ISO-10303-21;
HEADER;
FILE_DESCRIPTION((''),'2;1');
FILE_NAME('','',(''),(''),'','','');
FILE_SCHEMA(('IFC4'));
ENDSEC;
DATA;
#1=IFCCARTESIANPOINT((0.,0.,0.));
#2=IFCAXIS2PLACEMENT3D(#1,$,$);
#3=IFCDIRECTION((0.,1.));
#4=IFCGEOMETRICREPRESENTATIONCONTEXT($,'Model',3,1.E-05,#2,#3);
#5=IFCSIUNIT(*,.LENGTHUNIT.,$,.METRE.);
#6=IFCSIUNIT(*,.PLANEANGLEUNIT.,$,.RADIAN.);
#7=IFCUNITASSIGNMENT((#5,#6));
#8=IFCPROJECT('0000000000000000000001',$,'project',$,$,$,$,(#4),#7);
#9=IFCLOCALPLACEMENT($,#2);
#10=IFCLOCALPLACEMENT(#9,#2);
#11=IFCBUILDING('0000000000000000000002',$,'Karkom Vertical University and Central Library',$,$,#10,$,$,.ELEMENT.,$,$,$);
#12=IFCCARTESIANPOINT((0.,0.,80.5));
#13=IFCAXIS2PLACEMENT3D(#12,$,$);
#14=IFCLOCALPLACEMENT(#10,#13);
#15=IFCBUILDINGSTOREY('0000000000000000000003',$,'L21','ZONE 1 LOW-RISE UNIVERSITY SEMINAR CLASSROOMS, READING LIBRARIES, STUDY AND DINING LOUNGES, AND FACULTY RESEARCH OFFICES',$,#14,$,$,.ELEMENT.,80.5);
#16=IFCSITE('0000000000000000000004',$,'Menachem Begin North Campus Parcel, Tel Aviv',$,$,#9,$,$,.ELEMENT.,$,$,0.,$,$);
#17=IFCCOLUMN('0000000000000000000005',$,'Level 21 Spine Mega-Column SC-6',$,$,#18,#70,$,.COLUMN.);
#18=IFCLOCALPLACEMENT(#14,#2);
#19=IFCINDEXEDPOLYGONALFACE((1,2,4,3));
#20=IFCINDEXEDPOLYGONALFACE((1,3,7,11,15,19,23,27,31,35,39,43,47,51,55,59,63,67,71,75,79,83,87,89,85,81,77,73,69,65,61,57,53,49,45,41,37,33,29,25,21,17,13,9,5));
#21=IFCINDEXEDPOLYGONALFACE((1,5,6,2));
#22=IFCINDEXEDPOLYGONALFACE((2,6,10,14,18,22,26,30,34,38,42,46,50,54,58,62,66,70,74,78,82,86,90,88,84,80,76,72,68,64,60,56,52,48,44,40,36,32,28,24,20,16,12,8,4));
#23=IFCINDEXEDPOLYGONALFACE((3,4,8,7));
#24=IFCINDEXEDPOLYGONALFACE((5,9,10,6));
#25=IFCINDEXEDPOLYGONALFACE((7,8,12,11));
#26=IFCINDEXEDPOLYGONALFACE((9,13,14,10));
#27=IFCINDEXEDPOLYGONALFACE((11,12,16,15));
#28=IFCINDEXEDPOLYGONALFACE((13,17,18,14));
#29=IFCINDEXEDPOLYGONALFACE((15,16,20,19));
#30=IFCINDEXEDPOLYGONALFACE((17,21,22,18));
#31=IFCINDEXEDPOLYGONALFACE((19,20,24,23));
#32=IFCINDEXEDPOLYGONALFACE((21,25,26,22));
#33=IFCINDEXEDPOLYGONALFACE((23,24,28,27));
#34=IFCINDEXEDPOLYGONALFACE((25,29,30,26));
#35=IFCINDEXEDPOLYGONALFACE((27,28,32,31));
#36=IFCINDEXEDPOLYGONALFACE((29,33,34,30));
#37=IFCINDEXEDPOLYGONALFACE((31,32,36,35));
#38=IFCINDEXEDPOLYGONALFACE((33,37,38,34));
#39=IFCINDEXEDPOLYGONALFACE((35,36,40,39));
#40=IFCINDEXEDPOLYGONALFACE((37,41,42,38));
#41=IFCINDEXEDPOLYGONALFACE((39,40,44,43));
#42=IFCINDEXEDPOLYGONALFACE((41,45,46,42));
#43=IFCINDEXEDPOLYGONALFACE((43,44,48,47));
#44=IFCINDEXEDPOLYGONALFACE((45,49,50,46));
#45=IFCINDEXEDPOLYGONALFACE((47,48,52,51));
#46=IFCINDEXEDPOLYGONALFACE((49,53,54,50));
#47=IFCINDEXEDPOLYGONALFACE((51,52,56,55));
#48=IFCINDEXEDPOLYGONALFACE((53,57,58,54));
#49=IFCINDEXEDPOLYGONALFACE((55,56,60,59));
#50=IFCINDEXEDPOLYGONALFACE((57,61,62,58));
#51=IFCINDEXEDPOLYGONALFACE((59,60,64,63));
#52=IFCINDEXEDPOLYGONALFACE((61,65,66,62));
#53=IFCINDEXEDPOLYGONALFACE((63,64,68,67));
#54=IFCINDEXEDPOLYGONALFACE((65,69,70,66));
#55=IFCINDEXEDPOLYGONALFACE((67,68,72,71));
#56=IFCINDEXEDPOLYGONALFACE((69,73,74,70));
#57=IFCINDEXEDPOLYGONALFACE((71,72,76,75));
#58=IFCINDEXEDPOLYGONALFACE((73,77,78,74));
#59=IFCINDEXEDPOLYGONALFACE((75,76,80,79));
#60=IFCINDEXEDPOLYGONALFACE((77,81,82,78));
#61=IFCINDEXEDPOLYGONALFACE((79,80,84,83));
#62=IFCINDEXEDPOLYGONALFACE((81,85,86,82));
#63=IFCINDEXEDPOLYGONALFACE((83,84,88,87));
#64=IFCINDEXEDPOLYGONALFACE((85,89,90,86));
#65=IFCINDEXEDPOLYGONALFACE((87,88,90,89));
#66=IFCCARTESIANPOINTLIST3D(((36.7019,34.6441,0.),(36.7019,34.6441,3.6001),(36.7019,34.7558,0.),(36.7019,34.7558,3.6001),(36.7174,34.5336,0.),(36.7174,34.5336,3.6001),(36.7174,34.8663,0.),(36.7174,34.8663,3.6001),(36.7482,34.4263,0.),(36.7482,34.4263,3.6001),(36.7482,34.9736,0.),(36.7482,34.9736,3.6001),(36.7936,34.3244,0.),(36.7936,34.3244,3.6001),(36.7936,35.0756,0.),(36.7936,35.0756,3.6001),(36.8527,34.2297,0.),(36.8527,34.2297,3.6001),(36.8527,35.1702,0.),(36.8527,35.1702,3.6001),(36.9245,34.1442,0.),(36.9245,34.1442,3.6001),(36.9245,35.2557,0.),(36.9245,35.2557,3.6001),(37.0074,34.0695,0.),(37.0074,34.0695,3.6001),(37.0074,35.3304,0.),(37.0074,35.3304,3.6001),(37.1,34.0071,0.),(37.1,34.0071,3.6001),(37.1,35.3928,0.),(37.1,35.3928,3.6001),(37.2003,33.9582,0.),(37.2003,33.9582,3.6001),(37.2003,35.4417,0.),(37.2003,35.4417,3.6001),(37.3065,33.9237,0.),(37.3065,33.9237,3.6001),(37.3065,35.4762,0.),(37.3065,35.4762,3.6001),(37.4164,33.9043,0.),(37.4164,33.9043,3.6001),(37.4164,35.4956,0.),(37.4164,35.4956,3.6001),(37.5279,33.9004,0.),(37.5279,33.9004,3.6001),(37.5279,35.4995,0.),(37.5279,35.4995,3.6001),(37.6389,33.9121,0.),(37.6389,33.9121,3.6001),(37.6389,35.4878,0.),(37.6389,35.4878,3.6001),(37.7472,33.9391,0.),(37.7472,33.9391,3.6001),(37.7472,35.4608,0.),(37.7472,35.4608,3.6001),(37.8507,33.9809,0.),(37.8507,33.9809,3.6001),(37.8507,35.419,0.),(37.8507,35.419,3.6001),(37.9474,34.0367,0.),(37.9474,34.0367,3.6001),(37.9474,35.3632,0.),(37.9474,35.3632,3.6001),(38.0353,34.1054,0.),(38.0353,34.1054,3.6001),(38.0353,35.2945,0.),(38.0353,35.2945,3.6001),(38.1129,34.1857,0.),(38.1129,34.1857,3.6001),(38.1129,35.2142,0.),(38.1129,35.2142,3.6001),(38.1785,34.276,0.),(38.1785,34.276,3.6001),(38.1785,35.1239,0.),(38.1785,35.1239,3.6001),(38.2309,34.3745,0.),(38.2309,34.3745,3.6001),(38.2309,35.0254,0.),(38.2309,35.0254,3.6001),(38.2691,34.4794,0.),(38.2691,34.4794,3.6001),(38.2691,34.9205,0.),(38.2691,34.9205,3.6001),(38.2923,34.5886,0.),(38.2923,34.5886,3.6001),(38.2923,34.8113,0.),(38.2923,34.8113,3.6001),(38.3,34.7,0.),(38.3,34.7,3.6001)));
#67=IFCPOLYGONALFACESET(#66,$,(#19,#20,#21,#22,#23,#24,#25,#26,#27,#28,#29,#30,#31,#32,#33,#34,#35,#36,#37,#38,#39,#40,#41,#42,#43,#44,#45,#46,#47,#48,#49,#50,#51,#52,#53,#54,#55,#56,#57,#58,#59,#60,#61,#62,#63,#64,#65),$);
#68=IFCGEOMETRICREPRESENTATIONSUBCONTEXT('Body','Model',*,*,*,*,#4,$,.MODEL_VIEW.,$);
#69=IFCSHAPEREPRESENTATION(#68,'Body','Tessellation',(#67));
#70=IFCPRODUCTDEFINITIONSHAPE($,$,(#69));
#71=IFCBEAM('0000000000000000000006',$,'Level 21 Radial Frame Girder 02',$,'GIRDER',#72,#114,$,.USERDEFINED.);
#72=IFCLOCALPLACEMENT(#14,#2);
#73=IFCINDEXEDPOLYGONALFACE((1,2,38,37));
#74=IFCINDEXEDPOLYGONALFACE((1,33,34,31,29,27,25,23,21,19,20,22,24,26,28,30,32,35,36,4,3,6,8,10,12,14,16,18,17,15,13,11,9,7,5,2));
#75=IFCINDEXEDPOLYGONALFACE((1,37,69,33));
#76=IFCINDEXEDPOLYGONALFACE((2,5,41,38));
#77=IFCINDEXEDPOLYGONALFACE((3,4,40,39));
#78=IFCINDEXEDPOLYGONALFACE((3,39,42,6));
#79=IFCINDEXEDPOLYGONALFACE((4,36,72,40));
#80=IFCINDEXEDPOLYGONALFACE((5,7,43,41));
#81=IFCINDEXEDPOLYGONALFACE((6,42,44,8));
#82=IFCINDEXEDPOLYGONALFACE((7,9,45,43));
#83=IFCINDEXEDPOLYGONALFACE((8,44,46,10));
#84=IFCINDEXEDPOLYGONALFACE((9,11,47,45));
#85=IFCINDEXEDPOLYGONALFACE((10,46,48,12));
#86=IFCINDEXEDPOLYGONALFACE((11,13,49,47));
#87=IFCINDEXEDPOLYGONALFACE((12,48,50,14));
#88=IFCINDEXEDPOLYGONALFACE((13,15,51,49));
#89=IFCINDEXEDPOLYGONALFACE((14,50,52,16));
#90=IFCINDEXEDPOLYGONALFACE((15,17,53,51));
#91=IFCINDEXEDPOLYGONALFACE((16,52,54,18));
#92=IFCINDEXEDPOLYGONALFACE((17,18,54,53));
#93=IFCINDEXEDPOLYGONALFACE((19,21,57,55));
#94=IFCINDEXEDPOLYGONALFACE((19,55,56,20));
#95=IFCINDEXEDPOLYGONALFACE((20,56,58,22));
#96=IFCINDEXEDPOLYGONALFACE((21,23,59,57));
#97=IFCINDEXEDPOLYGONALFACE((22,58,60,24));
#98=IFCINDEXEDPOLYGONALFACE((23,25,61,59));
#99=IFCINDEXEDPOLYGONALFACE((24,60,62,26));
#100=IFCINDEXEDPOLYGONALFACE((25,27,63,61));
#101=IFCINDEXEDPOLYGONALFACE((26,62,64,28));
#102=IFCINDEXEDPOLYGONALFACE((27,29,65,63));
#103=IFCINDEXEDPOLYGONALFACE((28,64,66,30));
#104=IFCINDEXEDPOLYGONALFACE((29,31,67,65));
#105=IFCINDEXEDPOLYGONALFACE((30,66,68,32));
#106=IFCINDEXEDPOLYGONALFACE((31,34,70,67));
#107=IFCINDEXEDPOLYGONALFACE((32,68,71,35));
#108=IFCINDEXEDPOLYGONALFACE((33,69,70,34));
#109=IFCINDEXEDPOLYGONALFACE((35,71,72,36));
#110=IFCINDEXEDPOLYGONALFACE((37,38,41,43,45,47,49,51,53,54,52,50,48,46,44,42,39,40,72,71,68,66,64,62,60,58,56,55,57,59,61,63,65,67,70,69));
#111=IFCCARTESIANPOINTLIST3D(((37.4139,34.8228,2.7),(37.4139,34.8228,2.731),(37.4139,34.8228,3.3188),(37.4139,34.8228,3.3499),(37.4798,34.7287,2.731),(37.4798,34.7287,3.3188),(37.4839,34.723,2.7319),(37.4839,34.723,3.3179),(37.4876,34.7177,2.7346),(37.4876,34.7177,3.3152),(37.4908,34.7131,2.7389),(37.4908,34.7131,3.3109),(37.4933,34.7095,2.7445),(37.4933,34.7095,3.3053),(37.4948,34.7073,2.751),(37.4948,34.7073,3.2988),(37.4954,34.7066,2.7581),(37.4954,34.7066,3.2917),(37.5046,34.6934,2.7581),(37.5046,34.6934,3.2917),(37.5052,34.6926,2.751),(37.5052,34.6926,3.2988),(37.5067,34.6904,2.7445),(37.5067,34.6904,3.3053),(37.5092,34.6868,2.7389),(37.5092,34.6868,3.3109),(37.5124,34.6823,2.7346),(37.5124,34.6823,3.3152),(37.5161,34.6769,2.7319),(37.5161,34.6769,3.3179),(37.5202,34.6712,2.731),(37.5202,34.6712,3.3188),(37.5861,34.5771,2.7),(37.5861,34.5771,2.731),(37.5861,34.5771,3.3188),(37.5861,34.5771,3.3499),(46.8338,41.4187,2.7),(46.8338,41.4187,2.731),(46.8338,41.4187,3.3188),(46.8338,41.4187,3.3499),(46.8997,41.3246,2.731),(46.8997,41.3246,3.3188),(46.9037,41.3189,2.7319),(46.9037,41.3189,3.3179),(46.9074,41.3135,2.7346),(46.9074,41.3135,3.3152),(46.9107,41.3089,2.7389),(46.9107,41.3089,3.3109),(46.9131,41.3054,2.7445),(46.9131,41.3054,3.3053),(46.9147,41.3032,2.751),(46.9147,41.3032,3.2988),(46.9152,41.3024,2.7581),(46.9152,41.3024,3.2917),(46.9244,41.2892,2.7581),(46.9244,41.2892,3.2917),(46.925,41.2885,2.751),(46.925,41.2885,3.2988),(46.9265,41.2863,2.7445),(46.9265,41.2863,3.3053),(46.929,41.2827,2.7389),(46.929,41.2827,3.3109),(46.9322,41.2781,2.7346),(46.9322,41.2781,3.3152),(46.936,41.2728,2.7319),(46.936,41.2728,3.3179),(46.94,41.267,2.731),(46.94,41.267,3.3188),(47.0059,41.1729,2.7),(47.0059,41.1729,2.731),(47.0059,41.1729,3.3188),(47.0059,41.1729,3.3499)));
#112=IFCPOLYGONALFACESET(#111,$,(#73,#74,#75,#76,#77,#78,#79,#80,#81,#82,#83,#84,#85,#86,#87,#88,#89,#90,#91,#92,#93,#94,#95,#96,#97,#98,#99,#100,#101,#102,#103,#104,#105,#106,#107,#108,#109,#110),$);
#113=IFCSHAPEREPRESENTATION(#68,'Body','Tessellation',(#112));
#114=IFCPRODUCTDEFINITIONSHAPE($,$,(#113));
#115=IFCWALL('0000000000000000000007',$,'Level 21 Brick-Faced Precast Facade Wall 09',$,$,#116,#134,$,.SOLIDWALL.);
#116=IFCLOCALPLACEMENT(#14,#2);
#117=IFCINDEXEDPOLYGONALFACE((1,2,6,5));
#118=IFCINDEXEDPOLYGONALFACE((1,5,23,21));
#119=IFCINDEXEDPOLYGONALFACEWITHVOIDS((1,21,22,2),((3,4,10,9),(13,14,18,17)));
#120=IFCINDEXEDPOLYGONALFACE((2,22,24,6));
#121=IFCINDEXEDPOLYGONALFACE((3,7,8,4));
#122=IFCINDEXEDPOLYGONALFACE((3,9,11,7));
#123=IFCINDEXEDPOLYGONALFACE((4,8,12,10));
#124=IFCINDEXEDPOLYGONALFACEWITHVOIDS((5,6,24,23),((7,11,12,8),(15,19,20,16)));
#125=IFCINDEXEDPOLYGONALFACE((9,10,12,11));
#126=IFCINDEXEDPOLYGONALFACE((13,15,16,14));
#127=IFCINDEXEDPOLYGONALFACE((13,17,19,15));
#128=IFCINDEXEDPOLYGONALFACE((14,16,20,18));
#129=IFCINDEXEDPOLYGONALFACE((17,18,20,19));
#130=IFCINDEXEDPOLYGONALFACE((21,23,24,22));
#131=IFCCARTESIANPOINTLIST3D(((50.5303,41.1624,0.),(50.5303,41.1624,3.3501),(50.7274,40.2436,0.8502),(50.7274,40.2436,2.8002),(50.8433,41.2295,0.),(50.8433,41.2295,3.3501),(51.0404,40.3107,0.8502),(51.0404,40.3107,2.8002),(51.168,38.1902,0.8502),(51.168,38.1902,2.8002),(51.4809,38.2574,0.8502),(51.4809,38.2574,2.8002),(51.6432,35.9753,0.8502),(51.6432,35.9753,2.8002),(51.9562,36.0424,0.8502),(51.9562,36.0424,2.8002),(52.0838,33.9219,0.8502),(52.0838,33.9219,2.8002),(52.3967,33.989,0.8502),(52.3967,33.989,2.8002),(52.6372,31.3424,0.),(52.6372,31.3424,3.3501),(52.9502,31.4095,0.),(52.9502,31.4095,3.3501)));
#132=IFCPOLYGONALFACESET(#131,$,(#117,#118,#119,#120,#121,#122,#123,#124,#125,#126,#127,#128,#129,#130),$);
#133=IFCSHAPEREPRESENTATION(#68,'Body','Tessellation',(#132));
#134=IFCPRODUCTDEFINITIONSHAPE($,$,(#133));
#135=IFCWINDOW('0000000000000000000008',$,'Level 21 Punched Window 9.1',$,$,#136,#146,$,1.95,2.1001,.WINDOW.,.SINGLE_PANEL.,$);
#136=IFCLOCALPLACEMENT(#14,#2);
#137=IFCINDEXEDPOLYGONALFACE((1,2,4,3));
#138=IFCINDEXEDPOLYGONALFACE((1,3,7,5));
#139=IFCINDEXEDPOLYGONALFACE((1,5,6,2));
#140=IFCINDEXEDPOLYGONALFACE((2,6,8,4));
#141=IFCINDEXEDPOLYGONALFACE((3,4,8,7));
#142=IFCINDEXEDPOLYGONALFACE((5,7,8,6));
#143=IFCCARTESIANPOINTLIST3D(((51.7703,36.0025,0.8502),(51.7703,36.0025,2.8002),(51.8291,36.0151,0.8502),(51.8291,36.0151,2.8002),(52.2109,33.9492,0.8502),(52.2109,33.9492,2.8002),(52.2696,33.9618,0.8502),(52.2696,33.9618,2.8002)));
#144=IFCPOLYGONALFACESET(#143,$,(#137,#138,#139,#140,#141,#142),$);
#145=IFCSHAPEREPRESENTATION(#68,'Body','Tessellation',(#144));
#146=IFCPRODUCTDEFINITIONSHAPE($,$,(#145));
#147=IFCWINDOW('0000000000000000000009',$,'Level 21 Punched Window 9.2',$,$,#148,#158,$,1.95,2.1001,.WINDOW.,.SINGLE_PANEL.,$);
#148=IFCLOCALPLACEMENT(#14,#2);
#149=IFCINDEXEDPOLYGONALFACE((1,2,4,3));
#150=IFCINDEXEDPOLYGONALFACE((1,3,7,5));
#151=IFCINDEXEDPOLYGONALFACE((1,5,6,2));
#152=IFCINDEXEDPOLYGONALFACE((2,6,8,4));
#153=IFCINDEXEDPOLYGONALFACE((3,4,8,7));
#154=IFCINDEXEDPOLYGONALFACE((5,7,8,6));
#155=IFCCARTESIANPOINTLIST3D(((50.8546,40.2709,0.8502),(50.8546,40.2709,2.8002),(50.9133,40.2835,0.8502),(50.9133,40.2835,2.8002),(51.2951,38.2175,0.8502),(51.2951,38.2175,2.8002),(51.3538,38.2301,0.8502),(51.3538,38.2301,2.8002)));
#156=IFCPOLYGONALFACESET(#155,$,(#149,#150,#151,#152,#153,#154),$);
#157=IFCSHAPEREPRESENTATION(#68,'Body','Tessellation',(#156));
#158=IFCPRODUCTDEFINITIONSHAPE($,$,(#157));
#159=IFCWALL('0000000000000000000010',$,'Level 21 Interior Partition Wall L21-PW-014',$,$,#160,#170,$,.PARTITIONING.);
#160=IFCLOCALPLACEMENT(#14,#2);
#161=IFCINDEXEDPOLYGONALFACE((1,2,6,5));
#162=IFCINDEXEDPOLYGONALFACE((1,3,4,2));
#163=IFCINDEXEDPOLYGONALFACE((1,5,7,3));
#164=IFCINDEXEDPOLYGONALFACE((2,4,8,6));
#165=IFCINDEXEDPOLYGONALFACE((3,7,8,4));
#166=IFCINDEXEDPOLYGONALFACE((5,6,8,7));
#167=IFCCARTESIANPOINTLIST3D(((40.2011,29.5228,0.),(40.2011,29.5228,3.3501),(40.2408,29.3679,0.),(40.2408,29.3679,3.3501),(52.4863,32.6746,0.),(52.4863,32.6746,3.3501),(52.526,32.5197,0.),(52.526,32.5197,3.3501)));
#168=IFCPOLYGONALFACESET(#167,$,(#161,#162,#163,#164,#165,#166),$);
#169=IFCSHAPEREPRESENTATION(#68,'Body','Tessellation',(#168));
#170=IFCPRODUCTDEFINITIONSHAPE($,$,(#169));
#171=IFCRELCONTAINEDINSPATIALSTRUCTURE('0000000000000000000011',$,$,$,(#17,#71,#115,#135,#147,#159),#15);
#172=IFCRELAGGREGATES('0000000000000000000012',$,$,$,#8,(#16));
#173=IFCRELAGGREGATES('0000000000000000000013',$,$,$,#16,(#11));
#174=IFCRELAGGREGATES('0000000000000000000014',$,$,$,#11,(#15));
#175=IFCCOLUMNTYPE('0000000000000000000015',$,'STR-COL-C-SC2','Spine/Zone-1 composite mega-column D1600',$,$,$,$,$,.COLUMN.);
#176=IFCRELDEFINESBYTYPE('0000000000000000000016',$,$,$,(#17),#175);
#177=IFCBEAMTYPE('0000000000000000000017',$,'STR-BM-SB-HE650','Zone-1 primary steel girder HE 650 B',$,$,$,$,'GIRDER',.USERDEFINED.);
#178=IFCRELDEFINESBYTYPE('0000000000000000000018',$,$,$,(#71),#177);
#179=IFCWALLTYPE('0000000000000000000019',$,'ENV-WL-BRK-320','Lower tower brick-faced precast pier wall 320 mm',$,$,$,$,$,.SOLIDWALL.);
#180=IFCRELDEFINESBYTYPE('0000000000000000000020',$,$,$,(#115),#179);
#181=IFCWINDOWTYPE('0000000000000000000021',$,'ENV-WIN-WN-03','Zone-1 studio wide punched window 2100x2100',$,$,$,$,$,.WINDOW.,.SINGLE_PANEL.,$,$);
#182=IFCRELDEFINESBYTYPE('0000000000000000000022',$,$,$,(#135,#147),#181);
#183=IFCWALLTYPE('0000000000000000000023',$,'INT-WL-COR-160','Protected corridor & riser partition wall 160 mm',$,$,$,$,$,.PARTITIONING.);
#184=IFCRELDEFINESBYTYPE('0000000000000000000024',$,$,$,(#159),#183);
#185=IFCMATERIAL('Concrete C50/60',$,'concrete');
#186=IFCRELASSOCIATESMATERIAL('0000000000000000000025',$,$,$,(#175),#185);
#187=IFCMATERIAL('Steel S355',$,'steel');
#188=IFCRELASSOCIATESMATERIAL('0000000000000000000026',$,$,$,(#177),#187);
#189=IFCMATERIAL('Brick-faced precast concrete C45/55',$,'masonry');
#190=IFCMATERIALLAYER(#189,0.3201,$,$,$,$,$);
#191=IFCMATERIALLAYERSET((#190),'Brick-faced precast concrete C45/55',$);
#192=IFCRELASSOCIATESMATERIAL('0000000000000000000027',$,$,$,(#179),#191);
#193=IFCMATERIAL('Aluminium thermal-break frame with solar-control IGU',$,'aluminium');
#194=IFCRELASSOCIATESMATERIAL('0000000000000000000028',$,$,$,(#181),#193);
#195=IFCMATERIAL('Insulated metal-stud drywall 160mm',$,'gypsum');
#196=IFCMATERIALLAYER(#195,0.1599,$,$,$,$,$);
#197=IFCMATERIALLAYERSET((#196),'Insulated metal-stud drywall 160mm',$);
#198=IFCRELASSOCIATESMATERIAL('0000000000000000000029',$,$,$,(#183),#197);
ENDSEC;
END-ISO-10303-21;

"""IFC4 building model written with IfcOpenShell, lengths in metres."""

from ifc_helpers import new_model, si_unit, direction, frame, frame_2d, origin, origin_with_axes, origin_2d, place, context, subcontext, project, spatial, rectangle, circle, i_section, extrude, source, transform, mapped, material, layer, layer_set, material_profile, profile_set, type_object, element, fill, save


model = new_model("IFC4")

# Units and contexts
model_context = context("Model", 3, precision=1e-05, world=origin(), true_north=direction((0.0, 1.0)))
body_context = subcontext(model_context, "Body", "Model", "MODEL_VIEW")
ifc_project = project(units=[si_unit("LENGTHUNIT", "METRE"), si_unit("PLANEANGLEUNIT", "RADIAN")], contexts=[model_context])

# Site, building, storey
site_placement = place(None, origin())
site = spatial("IfcSite", under=ifc_project, at=site_placement, Name="Menachem Begin North Campus Parcel, Tel Aviv", CompositionType="ELEMENT", RefElevation=0.0)
building_placement = place(site_placement, origin())
building = spatial("IfcBuilding", under=site, at=building_placement, Name="Karkom Vertical University and Central Library", CompositionType="ELEMENT")
storey_placement = place(building_placement, frame((0.0, 0.0, 80.5)))
storey = spatial("IfcBuildingStorey", under=building, at=storey_placement, Name="L21", Description="ZONE 1 LOW-RISE UNIVERSITY SEMINAR CLASSROOMS, READING LIBRARIES, STUDY AND DINING LOUNGES, AND FACULTY RESEARCH OFFICES", CompositionType="ELEMENT", Elevation=80.5)

# Column
ifc_material_1 = material(Name="Concrete C50/60", Category="concrete")
ifc_material_profile_1 = material_profile(ifc_material_1, circle(Radius=0.8, at=origin_2d()), Name="CFT-D1600")
ifc_profile_set_1 = profile_set([ifc_material_profile_1], Name="Concrete C50/60")
column_type = type_object("IfcColumnType", Name="STR-COL-C-SC2", Description="Spine/Zone-1 composite mega-column D1600", PredefinedType="COLUMN", material=ifc_profile_set_1)
shared_shape_1 = source(origin_with_axes(), body_context, "Body", "SweptSolid", [
    extrude(circle(Radius=0.8, at=origin_2d()), origin(), (0.0, 0.0, 1.0), 3.6001),
])
column_placement = place(storey_placement, frame((37.5, 34.7, 0.0), z_axis=(0.0, 0.0, 1.0), x_axis=(1.0, 0.0, 0.0)))
element("IfcColumn", 1, at=column_placement, inside=storey, type_object=column_type, Name="Level 21 Spine Mega-Column SC-6", PredefinedType="COLUMN", context=body_context, shape_type="MappedRepresentation", body=[
    mapped(shared_shape_1, transform((0.0, 0.0, 0.0), scale=1.0)),
])

# Beam
ifc_material_2 = material(Name="Steel S355", Category="steel")
ifc_material_profile_2 = material_profile(ifc_material_2, i_section(OverallWidth=0.3, OverallDepth=0.6499, WebThickness=0.0161, FlangeThickness=0.031, FilletRadius=0.0271, at=origin_2d()), Name="HE 650 B")
ifc_profile_set_2 = profile_set([ifc_material_profile_2], Name="Steel S355")
beam_type = type_object("IfcBeamType", Name="STR-BM-SB-HE650", Description="Zone-1 primary steel girder HE 650 B", ElementType="GIRDER", PredefinedType="USERDEFINED", material=ifc_profile_set_2)
shared_shape_2 = source(origin_with_axes(), body_context, "Body", "SweptSolid", [
    extrude(i_section(OverallWidth=0.3, OverallDepth=0.6499, WebThickness=0.0161, FlangeThickness=0.031, FilletRadius=0.0271, at=origin_2d()), origin(), (0.0, 0.0, 1.0), 11.4995),
])
beam_placement = place(storey_placement, frame((37.5, 34.7, 3.0249), z_axis=(0.81915, 0.573579, 0.0), x_axis=(-0.573579, 0.81915, 0.0)))
element("IfcBeam", 2, at=beam_placement, inside=storey, type_object=beam_type, Name="Level 21 Radial Frame Girder 02", ObjectType="GIRDER", PredefinedType="USERDEFINED", context=body_context, shape_type="MappedRepresentation", body=[
    mapped(shared_shape_2, transform((0.0, 0.0, 0.0), scale=1.0)),
])

# Wall, openings, windows
ifc_material_3 = material(Name="Brick-faced precast concrete C45/55", Category="masonry")
ifc_layer_1 = layer(ifc_material_3, 0.3201)
ifc_layer_set_1 = layer_set([ifc_layer_1], Name="Brick-faced precast concrete C45/55")
wall_type_1 = type_object("IfcWallType", Name="ENV-WL-BRK-320", Description="Lower tower brick-faced precast pier wall 320 mm", PredefinedType="SOLIDWALL", material=ifc_layer_set_1)
wall_1_placement = place(storey_placement, frame((52.7937, 31.376, 0.0), z_axis=(0.0, 0.0, 1.0), x_axis=(-0.20978, 0.977749, 0.0)))
wall_1 = element("IfcWall", 3, at=wall_1_placement, inside=storey, type_object=wall_type_1, Name="Level 21 Brick-Faced Precast Facade Wall 09", PredefinedType="SOLIDWALL", context=body_context, shape_type="SweptSolid", body=[
    extrude(rectangle(XDim=10.0435, YDim=0.3201, at=frame_2d((5.0217, 0.0))), origin(), (0.0, 0.0, 1.0), 3.3501),
])
opening_1_placement = place(wall_1_placement, frame((2.6382, 0.0, 0.8501)))
opening_1 = element("IfcOpeningElement", 4, at=opening_1_placement, cuts=wall_1, PredefinedType="OPENING", context=body_context, shape_type="SweptSolid", body=[
    extrude(rectangle(XDim=2.1001, YDim=1.95, at=frame_2d((1.05, 0.9751))), frame((0.0, 0.1699, 0.0), z_axis=(0.0, -1.0, 0.0), x_axis=(1.0, 0.0, 0.0)), (0.0, 0.0, 1.0), 0.3401),
])
opening_2_placement = place(wall_1_placement, frame((7.0037, 0.0, 0.8501)))
opening_2 = element("IfcOpeningElement", 5, at=opening_2_placement, cuts=wall_1, PredefinedType="OPENING", context=body_context, shape_type="SweptSolid", body=[
    extrude(rectangle(XDim=2.1001, YDim=1.95, at=frame_2d((1.05, 0.9751))), frame((0.0, 0.1699, 0.0), z_axis=(0.0, -1.0, 0.0), x_axis=(1.0, 0.0, 0.0)), (0.0, 0.0, 1.0), 0.3401),
])
ifc_material_4 = material(Name="Aluminium thermal-break frame with solar-control IGU", Category="aluminium")
window_type = type_object("IfcWindowType", Name="ENV-WIN-WN-03", Description="Zone-1 studio wide punched window 2100x2100", PartitioningType="SINGLE_PANEL", PredefinedType="WINDOW", material=ifc_material_4)
shared_shape_3 = source(origin_with_axes(), body_context, "Body", "SweptSolid", [
    extrude(rectangle(XDim=2.1001, YDim=1.95, at=frame_2d((1.05, 0.9751))), frame((0.0, 0.03, 0.0), z_axis=(0.0, -1.0, 0.0), x_axis=(1.0, 0.0, 0.0)), (0.0, 0.0, 1.0), 0.0601),
])
window_1_placement = place(opening_1_placement, origin())
window_1 = element("IfcWindow", 6, at=window_1_placement, inside=storey, type_object=window_type, Name="Level 21 Punched Window 9.1", OverallHeight=1.95, OverallWidth=2.1001, PartitioningType="SINGLE_PANEL", PredefinedType="WINDOW", context=body_context, shape_type="MappedRepresentation", body=[
    mapped(shared_shape_3, transform((0.0, 0.0, 0.0), scale=1.0)),
])
fill(opening_1, window_1)
window_2_placement = place(opening_2_placement, origin())
window_2 = element("IfcWindow", 7, at=window_2_placement, inside=storey, type_object=window_type, Name="Level 21 Punched Window 9.2", OverallHeight=1.95, OverallWidth=2.1001, PartitioningType="SINGLE_PANEL", PredefinedType="WINDOW", context=body_context, shape_type="MappedRepresentation", body=[
    mapped(shared_shape_3, transform((0.0, 0.0, 0.0), scale=1.0)),
])
fill(opening_2, window_2)

# Wall
ifc_material_5 = material(Name="Insulated metal-stud drywall 160mm", Category="gypsum")
ifc_layer_2 = layer(ifc_material_5, 0.1599)
ifc_layer_set_2 = layer_set([ifc_layer_2], Name="Insulated metal-stud drywall 160mm")
wall_type_2 = type_object("IfcWallType", Name="INT-WL-COR-160", Description="Protected corridor & riser partition wall 160 mm", PredefinedType="PARTITIONING", material=ifc_layer_set_2)
wall_2_placement = place(storey_placement, frame((40.2209, 29.4453, 0.0), z_axis=(0.0, 0.0, 1.0), x_axis=(0.968629, 0.24851, 0.0)))
element("IfcWall", 8, at=wall_2_placement, inside=storey, type_object=wall_type_2, Name="Level 21 Interior Partition Wall L21-PW-014", PredefinedType="PARTITIONING", context=body_context, shape_type="SweptSolid", body=[
    extrude(rectangle(XDim=12.6831, YDim=0.1599, at=frame_2d((6.3416, 0.0))), origin(), (0.0, 0.0, 1.0), 3.3501),
])

save(model, "model.ifc")
